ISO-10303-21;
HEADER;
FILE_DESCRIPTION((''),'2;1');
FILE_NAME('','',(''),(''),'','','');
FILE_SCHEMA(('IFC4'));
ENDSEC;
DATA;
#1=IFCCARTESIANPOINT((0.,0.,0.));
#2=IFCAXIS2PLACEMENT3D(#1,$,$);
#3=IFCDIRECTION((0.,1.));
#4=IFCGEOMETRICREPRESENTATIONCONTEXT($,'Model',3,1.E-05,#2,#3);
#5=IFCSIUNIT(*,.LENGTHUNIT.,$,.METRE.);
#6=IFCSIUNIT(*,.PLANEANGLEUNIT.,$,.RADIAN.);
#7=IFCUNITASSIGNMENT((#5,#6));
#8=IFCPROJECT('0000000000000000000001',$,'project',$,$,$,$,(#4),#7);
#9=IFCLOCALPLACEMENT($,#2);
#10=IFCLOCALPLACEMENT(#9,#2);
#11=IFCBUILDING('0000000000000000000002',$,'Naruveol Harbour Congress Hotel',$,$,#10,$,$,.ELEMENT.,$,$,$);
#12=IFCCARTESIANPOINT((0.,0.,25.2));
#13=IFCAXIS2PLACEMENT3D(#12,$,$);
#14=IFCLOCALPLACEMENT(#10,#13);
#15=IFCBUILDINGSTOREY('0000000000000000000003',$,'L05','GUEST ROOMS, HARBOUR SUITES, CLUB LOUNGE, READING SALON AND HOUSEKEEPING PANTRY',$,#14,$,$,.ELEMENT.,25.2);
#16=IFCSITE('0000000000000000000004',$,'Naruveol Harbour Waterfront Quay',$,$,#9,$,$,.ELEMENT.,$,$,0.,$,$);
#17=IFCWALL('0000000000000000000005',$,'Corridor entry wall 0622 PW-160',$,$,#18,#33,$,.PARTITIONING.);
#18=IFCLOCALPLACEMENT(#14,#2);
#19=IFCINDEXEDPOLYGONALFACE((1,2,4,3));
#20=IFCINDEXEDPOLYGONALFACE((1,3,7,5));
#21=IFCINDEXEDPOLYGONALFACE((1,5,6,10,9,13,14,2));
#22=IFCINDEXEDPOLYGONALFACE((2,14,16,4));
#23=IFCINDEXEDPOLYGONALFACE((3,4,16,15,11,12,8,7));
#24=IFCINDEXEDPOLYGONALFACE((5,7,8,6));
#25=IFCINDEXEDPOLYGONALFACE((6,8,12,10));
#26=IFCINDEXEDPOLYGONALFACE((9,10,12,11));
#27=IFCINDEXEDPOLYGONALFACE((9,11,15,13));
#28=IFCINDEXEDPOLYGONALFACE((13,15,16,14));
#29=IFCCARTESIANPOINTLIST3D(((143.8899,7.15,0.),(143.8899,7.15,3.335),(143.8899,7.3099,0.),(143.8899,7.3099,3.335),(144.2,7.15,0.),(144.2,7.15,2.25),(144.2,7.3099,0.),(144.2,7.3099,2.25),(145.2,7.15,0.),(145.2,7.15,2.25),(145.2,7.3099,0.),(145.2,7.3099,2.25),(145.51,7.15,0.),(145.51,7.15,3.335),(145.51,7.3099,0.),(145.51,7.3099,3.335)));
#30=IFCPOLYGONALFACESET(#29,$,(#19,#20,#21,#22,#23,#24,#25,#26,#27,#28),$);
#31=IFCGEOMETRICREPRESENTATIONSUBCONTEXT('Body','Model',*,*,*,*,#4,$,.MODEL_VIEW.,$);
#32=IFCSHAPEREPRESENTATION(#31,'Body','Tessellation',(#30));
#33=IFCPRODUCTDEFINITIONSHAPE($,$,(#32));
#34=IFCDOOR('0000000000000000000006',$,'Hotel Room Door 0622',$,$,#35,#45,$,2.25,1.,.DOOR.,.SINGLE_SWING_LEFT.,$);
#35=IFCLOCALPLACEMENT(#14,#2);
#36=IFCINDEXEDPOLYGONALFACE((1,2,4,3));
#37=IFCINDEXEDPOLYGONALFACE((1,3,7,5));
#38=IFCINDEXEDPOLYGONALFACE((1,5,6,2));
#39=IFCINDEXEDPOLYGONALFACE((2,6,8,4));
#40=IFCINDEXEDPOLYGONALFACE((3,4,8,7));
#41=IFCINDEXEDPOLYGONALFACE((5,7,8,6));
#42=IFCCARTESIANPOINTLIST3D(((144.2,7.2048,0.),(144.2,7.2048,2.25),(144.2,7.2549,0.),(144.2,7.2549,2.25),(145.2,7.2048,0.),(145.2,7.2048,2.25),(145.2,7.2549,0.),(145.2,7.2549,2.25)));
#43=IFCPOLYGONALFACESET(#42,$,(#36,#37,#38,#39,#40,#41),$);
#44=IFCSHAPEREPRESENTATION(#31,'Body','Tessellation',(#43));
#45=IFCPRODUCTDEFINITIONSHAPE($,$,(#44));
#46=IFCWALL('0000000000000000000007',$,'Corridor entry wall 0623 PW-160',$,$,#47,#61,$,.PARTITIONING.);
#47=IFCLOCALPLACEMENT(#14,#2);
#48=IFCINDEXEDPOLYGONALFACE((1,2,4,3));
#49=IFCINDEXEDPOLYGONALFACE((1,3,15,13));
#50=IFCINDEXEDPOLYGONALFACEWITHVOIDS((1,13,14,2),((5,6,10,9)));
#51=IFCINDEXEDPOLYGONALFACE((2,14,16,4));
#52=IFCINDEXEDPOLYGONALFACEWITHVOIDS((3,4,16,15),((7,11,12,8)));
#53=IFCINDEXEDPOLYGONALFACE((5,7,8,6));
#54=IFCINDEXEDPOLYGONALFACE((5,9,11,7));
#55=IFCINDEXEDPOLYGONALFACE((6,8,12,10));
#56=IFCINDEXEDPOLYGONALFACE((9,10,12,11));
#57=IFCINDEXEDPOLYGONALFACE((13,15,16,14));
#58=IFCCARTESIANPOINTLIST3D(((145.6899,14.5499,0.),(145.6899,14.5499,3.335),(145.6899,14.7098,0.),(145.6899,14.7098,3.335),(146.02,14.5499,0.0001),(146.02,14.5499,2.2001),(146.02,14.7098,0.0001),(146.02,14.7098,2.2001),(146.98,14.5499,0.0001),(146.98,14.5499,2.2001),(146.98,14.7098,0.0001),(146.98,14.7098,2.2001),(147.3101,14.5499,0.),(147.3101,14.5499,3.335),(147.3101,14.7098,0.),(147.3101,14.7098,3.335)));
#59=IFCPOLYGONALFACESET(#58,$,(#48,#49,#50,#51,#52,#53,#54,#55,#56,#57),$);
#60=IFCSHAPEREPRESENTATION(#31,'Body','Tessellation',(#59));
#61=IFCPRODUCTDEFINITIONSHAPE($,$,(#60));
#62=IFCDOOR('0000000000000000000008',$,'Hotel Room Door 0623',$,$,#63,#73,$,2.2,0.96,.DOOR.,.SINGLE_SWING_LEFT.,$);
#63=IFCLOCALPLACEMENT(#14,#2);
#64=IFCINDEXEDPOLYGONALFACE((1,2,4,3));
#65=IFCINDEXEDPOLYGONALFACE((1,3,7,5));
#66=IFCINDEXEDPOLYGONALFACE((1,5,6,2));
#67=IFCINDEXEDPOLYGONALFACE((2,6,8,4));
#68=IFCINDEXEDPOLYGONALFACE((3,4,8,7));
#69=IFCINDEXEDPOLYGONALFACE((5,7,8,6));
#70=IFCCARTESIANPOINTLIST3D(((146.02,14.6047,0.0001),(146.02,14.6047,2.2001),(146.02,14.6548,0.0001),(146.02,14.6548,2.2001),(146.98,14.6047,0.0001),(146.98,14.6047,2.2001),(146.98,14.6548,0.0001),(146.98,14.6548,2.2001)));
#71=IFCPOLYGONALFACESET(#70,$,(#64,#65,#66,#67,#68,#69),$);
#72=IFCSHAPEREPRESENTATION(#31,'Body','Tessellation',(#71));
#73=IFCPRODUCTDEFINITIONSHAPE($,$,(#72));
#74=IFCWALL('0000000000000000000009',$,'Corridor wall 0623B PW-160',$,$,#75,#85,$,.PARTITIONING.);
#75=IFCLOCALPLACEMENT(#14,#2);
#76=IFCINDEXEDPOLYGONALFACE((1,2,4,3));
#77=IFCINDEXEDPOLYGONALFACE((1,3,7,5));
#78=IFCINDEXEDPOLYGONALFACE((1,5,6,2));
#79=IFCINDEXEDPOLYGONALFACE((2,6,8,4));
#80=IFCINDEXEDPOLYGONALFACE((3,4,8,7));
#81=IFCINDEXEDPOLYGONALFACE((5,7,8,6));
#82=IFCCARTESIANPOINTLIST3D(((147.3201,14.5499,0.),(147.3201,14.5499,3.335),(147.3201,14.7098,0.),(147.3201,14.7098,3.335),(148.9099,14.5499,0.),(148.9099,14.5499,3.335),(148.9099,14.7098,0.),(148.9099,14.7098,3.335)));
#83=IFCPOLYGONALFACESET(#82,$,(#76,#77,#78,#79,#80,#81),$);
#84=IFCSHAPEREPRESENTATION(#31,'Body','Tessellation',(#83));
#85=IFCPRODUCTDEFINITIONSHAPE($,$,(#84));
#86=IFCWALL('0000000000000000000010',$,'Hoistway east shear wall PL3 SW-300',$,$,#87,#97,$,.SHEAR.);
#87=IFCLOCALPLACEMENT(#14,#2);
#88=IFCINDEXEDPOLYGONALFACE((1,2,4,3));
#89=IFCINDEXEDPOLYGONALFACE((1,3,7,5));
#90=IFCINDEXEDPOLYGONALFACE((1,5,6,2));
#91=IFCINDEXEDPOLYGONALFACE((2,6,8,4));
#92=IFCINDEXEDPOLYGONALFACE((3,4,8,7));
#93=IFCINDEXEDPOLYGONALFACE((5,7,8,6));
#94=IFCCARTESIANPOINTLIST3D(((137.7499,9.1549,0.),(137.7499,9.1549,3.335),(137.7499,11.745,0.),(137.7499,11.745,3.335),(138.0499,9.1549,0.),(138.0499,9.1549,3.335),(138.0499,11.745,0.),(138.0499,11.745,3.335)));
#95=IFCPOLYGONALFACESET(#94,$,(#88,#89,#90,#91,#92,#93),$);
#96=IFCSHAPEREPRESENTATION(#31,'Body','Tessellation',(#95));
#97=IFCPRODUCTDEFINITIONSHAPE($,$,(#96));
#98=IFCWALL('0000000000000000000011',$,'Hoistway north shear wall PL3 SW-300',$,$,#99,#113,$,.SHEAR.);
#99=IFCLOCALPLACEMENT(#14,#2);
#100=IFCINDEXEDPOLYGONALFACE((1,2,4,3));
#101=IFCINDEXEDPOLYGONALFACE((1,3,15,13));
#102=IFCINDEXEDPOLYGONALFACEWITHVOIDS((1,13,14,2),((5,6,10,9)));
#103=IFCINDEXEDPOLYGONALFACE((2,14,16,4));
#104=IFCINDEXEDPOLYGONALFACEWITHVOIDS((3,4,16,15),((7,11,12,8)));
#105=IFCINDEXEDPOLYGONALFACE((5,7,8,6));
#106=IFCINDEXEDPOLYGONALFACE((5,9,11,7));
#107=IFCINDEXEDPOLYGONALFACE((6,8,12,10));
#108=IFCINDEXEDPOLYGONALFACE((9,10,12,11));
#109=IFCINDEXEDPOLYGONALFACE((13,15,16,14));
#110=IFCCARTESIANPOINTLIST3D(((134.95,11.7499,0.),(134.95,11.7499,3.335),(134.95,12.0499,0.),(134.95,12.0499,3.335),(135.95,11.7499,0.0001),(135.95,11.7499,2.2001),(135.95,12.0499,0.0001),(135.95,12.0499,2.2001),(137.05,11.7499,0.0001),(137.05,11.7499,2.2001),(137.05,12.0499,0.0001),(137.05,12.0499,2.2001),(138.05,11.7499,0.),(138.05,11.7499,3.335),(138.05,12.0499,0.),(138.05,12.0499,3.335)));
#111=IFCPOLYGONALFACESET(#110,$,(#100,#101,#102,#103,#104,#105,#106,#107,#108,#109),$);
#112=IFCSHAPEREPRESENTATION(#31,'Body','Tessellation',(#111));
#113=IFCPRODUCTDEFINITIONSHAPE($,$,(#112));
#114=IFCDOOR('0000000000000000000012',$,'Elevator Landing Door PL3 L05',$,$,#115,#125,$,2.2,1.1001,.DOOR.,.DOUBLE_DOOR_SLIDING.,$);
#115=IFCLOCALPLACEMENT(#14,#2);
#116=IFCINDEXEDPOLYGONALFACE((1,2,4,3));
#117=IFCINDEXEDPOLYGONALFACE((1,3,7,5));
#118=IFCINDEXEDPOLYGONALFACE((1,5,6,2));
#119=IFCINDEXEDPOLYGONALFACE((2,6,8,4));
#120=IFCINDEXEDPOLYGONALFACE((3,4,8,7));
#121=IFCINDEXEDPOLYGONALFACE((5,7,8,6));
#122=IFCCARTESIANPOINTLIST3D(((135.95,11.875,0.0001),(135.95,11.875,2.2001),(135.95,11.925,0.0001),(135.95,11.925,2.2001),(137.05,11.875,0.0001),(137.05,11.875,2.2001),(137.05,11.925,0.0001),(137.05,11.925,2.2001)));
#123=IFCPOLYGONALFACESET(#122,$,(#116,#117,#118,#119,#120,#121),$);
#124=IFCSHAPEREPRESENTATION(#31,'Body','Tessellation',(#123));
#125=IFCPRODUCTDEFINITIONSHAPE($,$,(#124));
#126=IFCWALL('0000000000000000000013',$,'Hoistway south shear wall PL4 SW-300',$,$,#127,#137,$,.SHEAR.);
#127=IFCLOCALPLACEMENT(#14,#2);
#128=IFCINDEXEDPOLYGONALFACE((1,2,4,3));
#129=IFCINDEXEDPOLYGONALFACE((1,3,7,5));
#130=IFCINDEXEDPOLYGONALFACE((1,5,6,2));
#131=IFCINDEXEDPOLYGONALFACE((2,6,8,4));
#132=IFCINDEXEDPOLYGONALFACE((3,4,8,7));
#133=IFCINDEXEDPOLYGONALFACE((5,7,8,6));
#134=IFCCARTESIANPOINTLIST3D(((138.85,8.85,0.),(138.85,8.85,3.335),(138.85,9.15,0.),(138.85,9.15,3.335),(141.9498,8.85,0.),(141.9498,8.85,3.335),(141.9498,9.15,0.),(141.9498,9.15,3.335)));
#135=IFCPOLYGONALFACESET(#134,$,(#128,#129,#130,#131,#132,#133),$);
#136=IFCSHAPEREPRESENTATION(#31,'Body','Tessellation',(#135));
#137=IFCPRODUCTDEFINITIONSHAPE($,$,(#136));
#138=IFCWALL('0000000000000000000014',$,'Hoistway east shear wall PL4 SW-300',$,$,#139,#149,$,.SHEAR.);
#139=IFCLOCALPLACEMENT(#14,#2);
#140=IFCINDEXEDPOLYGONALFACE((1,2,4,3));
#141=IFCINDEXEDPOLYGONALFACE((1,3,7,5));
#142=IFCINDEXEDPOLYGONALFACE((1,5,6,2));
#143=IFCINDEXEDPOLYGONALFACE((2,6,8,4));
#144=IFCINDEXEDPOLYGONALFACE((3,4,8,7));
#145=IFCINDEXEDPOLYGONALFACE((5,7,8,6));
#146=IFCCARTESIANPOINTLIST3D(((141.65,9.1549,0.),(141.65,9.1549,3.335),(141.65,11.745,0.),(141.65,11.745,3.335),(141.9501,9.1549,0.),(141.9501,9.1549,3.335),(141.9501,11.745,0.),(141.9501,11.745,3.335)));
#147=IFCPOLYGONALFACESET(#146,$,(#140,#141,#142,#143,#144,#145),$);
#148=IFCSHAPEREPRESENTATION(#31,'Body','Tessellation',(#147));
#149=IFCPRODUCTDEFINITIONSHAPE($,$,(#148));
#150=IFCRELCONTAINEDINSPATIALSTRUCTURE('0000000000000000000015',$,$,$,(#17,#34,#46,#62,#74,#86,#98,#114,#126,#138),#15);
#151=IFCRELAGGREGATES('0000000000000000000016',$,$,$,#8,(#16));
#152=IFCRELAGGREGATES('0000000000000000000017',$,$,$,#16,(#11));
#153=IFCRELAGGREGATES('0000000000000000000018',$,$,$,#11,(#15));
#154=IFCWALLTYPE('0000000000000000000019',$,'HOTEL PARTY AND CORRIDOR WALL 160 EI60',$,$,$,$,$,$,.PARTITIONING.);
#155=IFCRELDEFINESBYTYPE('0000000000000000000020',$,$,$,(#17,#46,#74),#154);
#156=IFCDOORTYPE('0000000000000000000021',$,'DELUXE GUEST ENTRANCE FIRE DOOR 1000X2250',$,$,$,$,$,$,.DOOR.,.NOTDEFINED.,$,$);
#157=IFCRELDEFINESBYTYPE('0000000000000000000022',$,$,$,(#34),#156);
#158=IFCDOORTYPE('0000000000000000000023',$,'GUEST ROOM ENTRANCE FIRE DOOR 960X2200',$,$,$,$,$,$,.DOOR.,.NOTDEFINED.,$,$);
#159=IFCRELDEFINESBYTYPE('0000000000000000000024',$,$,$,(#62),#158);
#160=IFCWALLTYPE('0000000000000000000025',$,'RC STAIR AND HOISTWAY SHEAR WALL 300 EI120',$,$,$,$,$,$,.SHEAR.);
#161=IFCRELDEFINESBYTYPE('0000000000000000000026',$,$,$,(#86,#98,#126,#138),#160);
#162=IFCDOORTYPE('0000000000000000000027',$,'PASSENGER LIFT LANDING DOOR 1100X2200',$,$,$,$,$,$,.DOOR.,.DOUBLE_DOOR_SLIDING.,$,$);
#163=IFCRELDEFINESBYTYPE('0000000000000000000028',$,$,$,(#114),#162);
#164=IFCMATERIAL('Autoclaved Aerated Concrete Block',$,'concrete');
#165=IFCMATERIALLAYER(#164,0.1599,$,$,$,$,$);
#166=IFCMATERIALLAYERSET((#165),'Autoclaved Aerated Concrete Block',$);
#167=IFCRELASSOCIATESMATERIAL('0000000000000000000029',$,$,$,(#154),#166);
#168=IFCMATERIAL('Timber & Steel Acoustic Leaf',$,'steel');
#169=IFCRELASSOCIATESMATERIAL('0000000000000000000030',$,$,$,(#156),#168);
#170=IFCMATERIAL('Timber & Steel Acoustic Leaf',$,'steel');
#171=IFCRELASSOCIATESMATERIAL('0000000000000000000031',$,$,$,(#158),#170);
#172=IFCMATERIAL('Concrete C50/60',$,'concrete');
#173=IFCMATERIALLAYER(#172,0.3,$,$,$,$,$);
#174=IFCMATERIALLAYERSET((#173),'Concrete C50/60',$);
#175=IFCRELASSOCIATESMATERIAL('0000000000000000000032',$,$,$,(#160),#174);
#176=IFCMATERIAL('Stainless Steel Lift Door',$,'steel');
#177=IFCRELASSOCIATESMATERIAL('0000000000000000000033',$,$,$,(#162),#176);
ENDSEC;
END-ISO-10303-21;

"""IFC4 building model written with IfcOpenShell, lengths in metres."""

from ifc_helpers import new_model, si_unit, direction, frame, frame_2d, origin, place, context, subcontext, project, spatial, rectangle, extrude, material, layer, layer_set, type_object, element, fill, save


model = new_model("IFC4")

# Units and contexts
model_context = context("Model", 3, precision=1e-05, world=origin(), true_north=direction((0.0, 1.0)))
body_context = subcontext(model_context, "Body", "Model", "MODEL_VIEW")
ifc_project = project(units=[si_unit("LENGTHUNIT", "METRE"), si_unit("PLANEANGLEUNIT", "RADIAN")], contexts=[model_context])

# Site, building, storey
site_placement = place(None, origin())
site = spatial("IfcSite", under=ifc_project, at=site_placement, Name="Naruveol Harbour Waterfront Quay", CompositionType="ELEMENT", RefElevation=0.0)
building_placement = place(site_placement, origin())
building = spatial("IfcBuilding", under=site, at=building_placement, Name="Naruveol Harbour Congress Hotel", CompositionType="ELEMENT")
storey_placement = place(building_placement, frame((0.0, 0.0, 25.2)))
storey = spatial("IfcBuildingStorey", under=building, at=storey_placement, Name="L05", Description="GUEST ROOMS, HARBOUR SUITES, CLUB LOUNGE, READING SALON AND HOUSEKEEPING PANTRY", CompositionType="ELEMENT", Elevation=25.2)

# Shared definitions
ifc_material_1 = material(Name="Autoclaved Aerated Concrete Block", Category="concrete")
ifc_layer_1 = layer(ifc_material_1, 0.1599)
ifc_layer_set_1 = layer_set([ifc_layer_1], Name="Autoclaved Aerated Concrete Block")
wall_type_1 = type_object("IfcWallType", Name="HOTEL PARTY AND CORRIDOR WALL 160 EI60", PredefinedType="PARTITIONING", material=ifc_layer_set_1)
ifc_material_2 = material(Name="Timber & Steel Acoustic Leaf", Category="steel")
door_type_1 = type_object("IfcDoorType", Name="DELUXE GUEST ENTRANCE FIRE DOOR 1000X2250", OperationType="NOTDEFINED", PredefinedType="DOOR", material=ifc_material_2)
ifc_material_3 = material(Name="Timber & Steel Acoustic Leaf", Category="steel")
door_type_2 = type_object("IfcDoorType", Name="GUEST ROOM ENTRANCE FIRE DOOR 960X2200", OperationType="NOTDEFINED", PredefinedType="DOOR", material=ifc_material_3)

# Walls, openings, doors
wall_1_placement = place(storey_placement, frame((143.8899, 7.23, 0.0), z_axis=(0.0, 0.0, 1.0), x_axis=(1.0, 0.0, 0.0)))
wall_1 = element("IfcWall", 1, at=wall_1_placement, inside=storey, type_object=wall_type_1, Name="Corridor entry wall 0622 PW-160", PredefinedType="PARTITIONING", context=body_context, shape_type="SweptSolid", body=[
    extrude(rectangle(XDim=1.6201, YDim=0.1599, at=frame_2d((0.8101, 0.0))), origin(), (0.0, 0.0, 1.0), 3.335),
])
opening_1_placement = place(wall_1_placement, frame((0.3101, 0.0, 0.0)))
opening_1 = element("IfcOpeningElement", 2, at=opening_1_placement, cuts=wall_1, PredefinedType="OPENING", context=body_context, shape_type="SweptSolid", body=[
    extrude(rectangle(XDim=1.0, YDim=2.25, at=frame_2d((0.5, 1.125))), frame((0.0, 0.0898, 0.0), z_axis=(0.0, -1.0, 0.0), x_axis=(1.0, 0.0, 0.0)), (0.0, 0.0, 1.0), 0.1799),
])
door_1_placement = place(opening_1_placement, origin())
door_1 = element("IfcDoor", 3, at=door_1_placement, inside=storey, type_object=door_type_1, Name="Hotel Room Door 0622", OperationType="SINGLE_SWING_LEFT", OverallHeight=2.25, OverallWidth=1.0, PredefinedType="DOOR", context=body_context, shape_type="SweptSolid", body=[
    extrude(rectangle(XDim=1.0, YDim=2.25, at=frame_2d((0.5, 1.125))), frame((0.0, 0.0249, 0.0), z_axis=(0.0, -1.0, 0.0), x_axis=(1.0, 0.0, 0.0)), (0.0, 0.0, 1.0), 0.05),
])
fill(opening_1, door_1)
wall_2_placement = place(storey_placement, frame((145.6899, 14.6299, 0.0), z_axis=(0.0, 0.0, 1.0), x_axis=(1.0, 0.0, 0.0)))
wall_2 = element("IfcWall", 4, at=wall_2_placement, inside=storey, type_object=wall_type_1, Name="Corridor entry wall 0623 PW-160", PredefinedType="PARTITIONING", context=body_context, shape_type="SweptSolid", body=[
    extrude(rectangle(XDim=1.6201, YDim=0.1599, at=frame_2d((0.8101, 0.0))), origin(), (0.0, 0.0, 1.0), 3.335),
])
opening_2_placement = place(wall_2_placement, frame((0.3301, 0.0, 0.0)))
opening_2 = element("IfcOpeningElement", 5, at=opening_2_placement, cuts=wall_2, PredefinedType="OPENING", context=body_context, shape_type="SweptSolid", body=[
    extrude(rectangle(XDim=0.96, YDim=2.2, at=frame_2d((0.48, 1.1001))), frame((0.0, 0.0898, 0.0), z_axis=(0.0, -1.0, 0.0), x_axis=(1.0, 0.0, 0.0)), (0.0, 0.0, 1.0), 0.1799),
])
door_2_placement = place(opening_2_placement, origin())
door_2 = element("IfcDoor", 6, at=door_2_placement, inside=storey, type_object=door_type_2, Name="Hotel Room Door 0623", OperationType="SINGLE_SWING_LEFT", OverallHeight=2.2, OverallWidth=0.96, PredefinedType="DOOR", context=body_context, shape_type="SweptSolid", body=[
    extrude(rectangle(XDim=0.96, YDim=2.2, at=frame_2d((0.48, 1.1001))), frame((0.0, 0.0249, 0.0), z_axis=(0.0, -1.0, 0.0), x_axis=(1.0, 0.0, 0.0)), (0.0, 0.0, 1.0), 0.05),
])
fill(opening_2, door_2)

# Walls
wall_3_placement = place(storey_placement, frame((147.3201, 14.6299, 0.0), z_axis=(0.0, 0.0, 1.0), x_axis=(1.0, 0.0, 0.0)))
element("IfcWall", 7, at=wall_3_placement, inside=storey, type_object=wall_type_1, Name="Corridor wall 0623B PW-160", PredefinedType="PARTITIONING", context=body_context, shape_type="SweptSolid", body=[
    extrude(rectangle(XDim=1.5898, YDim=0.1599, at=frame_2d((0.7949, 0.0))), origin(), (0.0, 0.0, 1.0), 3.335),
])
ifc_material_4 = material(Name="Concrete C50/60", Category="concrete")
ifc_layer_2 = layer(ifc_material_4, 0.3)
ifc_layer_set_2 = layer_set([ifc_layer_2], Name="Concrete C50/60")
wall_type_2 = type_object("IfcWallType", Name="RC STAIR AND HOISTWAY SHEAR WALL 300 EI120", PredefinedType="SHEAR", material=ifc_layer_set_2)
wall_4_placement = place(storey_placement, frame((137.8999, 9.155, 0.0), z_axis=(0.0, 0.0, 1.0), x_axis=(0.0, 1.0, 0.0)))
element("IfcWall", 8, at=wall_4_placement, inside=storey, type_object=wall_type_2, Name="Hoistway east shear wall PL3 SW-300", PredefinedType="SHEAR", context=body_context, shape_type="SweptSolid", body=[
    extrude(rectangle(XDim=2.5901, YDim=0.3, at=frame_2d((1.2949, 0.0))), origin(), (0.0, 0.0, 1.0), 3.335),
])

# Wall, opening, door
wall_5_placement = place(storey_placement, frame((138.05, 11.8999, 0.0), z_axis=(0.0, 0.0, 1.0), x_axis=(-1.0, 0.0, 0.0)))
wall_5 = element("IfcWall", 9, at=wall_5_placement, inside=storey, type_object=wall_type_2, Name="Hoistway north shear wall PL3 SW-300", PredefinedType="SHEAR", context=body_context, shape_type="SweptSolid", body=[
    extrude(rectangle(XDim=3.1001, YDim=0.3, at=frame_2d((1.55, 0.0))), origin(), (0.0, 0.0, 1.0), 3.335),
])
opening_3_placement = place(wall_5_placement, frame((1.0, 0.0, 0.0)))
opening_3 = element("IfcOpeningElement", 10, at=opening_3_placement, cuts=wall_5, PredefinedType="OPENING", context=body_context, shape_type="SweptSolid", body=[
    extrude(rectangle(XDim=1.1001, YDim=2.2, at=frame_2d((0.55, 1.1001))), frame((0.0, 0.1599, 0.0), z_axis=(0.0, -1.0, 0.0), x_axis=(1.0, 0.0, 0.0)), (0.0, 0.0, 1.0), 0.3201),
])
ifc_material_5 = material(Name="Stainless Steel Lift Door", Category="steel")
door_type_3 = type_object("IfcDoorType", Name="PASSENGER LIFT LANDING DOOR 1100X2200", OperationType="DOUBLE_DOOR_SLIDING", PredefinedType="DOOR", material=ifc_material_5)
door_3_placement = place(opening_3_placement, origin())
door_3 = element("IfcDoor", 11, at=door_3_placement, inside=storey, type_object=door_type_3, Name="Elevator Landing Door PL3 L05", OperationType="DOUBLE_DOOR_SLIDING", OverallHeight=2.2, OverallWidth=1.1001, PredefinedType="DOOR", context=body_context, shape_type="SweptSolid", body=[
    extrude(rectangle(XDim=1.1001, YDim=2.2, at=frame_2d((0.55, 1.1001))), frame((0.0, 0.0249, 0.0), z_axis=(0.0, -1.0, 0.0), x_axis=(1.0, 0.0, 0.0)), (0.0, 0.0, 1.0), 0.05),
])
fill(opening_3, door_3)

# Walls
wall_6_placement = place(storey_placement, frame((138.8501, 9.0, 0.0), z_axis=(0.0, 0.0, 1.0), x_axis=(1.0, 0.0, 0.0)))
element("IfcWall", 12, at=wall_6_placement, inside=storey, type_object=wall_type_2, Name="Hoistway south shear wall PL4 SW-300", PredefinedType="SHEAR", context=body_context, shape_type="SweptSolid", body=[
    extrude(rectangle(XDim=3.0999, YDim=0.3, at=frame_2d((1.5498, 0.0))), origin(), (0.0, 0.0, 1.0), 3.335),
])
wall_7_placement = place(storey_placement, frame((141.8, 9.155, 0.0), z_axis=(0.0, 0.0, 1.0), x_axis=(0.0, 1.0, 0.0)))
element("IfcWall", 13, at=wall_7_placement, inside=storey, type_object=wall_type_2, Name="Hoistway east shear wall PL4 SW-300", PredefinedType="SHEAR", context=body_context, shape_type="SweptSolid", body=[
    extrude(rectangle(XDim=2.5901, YDim=0.3, at=frame_2d((1.2949, 0.0))), origin(), (0.0, 0.0, 1.0), 3.335),
])

save(model, "model.ifc")
